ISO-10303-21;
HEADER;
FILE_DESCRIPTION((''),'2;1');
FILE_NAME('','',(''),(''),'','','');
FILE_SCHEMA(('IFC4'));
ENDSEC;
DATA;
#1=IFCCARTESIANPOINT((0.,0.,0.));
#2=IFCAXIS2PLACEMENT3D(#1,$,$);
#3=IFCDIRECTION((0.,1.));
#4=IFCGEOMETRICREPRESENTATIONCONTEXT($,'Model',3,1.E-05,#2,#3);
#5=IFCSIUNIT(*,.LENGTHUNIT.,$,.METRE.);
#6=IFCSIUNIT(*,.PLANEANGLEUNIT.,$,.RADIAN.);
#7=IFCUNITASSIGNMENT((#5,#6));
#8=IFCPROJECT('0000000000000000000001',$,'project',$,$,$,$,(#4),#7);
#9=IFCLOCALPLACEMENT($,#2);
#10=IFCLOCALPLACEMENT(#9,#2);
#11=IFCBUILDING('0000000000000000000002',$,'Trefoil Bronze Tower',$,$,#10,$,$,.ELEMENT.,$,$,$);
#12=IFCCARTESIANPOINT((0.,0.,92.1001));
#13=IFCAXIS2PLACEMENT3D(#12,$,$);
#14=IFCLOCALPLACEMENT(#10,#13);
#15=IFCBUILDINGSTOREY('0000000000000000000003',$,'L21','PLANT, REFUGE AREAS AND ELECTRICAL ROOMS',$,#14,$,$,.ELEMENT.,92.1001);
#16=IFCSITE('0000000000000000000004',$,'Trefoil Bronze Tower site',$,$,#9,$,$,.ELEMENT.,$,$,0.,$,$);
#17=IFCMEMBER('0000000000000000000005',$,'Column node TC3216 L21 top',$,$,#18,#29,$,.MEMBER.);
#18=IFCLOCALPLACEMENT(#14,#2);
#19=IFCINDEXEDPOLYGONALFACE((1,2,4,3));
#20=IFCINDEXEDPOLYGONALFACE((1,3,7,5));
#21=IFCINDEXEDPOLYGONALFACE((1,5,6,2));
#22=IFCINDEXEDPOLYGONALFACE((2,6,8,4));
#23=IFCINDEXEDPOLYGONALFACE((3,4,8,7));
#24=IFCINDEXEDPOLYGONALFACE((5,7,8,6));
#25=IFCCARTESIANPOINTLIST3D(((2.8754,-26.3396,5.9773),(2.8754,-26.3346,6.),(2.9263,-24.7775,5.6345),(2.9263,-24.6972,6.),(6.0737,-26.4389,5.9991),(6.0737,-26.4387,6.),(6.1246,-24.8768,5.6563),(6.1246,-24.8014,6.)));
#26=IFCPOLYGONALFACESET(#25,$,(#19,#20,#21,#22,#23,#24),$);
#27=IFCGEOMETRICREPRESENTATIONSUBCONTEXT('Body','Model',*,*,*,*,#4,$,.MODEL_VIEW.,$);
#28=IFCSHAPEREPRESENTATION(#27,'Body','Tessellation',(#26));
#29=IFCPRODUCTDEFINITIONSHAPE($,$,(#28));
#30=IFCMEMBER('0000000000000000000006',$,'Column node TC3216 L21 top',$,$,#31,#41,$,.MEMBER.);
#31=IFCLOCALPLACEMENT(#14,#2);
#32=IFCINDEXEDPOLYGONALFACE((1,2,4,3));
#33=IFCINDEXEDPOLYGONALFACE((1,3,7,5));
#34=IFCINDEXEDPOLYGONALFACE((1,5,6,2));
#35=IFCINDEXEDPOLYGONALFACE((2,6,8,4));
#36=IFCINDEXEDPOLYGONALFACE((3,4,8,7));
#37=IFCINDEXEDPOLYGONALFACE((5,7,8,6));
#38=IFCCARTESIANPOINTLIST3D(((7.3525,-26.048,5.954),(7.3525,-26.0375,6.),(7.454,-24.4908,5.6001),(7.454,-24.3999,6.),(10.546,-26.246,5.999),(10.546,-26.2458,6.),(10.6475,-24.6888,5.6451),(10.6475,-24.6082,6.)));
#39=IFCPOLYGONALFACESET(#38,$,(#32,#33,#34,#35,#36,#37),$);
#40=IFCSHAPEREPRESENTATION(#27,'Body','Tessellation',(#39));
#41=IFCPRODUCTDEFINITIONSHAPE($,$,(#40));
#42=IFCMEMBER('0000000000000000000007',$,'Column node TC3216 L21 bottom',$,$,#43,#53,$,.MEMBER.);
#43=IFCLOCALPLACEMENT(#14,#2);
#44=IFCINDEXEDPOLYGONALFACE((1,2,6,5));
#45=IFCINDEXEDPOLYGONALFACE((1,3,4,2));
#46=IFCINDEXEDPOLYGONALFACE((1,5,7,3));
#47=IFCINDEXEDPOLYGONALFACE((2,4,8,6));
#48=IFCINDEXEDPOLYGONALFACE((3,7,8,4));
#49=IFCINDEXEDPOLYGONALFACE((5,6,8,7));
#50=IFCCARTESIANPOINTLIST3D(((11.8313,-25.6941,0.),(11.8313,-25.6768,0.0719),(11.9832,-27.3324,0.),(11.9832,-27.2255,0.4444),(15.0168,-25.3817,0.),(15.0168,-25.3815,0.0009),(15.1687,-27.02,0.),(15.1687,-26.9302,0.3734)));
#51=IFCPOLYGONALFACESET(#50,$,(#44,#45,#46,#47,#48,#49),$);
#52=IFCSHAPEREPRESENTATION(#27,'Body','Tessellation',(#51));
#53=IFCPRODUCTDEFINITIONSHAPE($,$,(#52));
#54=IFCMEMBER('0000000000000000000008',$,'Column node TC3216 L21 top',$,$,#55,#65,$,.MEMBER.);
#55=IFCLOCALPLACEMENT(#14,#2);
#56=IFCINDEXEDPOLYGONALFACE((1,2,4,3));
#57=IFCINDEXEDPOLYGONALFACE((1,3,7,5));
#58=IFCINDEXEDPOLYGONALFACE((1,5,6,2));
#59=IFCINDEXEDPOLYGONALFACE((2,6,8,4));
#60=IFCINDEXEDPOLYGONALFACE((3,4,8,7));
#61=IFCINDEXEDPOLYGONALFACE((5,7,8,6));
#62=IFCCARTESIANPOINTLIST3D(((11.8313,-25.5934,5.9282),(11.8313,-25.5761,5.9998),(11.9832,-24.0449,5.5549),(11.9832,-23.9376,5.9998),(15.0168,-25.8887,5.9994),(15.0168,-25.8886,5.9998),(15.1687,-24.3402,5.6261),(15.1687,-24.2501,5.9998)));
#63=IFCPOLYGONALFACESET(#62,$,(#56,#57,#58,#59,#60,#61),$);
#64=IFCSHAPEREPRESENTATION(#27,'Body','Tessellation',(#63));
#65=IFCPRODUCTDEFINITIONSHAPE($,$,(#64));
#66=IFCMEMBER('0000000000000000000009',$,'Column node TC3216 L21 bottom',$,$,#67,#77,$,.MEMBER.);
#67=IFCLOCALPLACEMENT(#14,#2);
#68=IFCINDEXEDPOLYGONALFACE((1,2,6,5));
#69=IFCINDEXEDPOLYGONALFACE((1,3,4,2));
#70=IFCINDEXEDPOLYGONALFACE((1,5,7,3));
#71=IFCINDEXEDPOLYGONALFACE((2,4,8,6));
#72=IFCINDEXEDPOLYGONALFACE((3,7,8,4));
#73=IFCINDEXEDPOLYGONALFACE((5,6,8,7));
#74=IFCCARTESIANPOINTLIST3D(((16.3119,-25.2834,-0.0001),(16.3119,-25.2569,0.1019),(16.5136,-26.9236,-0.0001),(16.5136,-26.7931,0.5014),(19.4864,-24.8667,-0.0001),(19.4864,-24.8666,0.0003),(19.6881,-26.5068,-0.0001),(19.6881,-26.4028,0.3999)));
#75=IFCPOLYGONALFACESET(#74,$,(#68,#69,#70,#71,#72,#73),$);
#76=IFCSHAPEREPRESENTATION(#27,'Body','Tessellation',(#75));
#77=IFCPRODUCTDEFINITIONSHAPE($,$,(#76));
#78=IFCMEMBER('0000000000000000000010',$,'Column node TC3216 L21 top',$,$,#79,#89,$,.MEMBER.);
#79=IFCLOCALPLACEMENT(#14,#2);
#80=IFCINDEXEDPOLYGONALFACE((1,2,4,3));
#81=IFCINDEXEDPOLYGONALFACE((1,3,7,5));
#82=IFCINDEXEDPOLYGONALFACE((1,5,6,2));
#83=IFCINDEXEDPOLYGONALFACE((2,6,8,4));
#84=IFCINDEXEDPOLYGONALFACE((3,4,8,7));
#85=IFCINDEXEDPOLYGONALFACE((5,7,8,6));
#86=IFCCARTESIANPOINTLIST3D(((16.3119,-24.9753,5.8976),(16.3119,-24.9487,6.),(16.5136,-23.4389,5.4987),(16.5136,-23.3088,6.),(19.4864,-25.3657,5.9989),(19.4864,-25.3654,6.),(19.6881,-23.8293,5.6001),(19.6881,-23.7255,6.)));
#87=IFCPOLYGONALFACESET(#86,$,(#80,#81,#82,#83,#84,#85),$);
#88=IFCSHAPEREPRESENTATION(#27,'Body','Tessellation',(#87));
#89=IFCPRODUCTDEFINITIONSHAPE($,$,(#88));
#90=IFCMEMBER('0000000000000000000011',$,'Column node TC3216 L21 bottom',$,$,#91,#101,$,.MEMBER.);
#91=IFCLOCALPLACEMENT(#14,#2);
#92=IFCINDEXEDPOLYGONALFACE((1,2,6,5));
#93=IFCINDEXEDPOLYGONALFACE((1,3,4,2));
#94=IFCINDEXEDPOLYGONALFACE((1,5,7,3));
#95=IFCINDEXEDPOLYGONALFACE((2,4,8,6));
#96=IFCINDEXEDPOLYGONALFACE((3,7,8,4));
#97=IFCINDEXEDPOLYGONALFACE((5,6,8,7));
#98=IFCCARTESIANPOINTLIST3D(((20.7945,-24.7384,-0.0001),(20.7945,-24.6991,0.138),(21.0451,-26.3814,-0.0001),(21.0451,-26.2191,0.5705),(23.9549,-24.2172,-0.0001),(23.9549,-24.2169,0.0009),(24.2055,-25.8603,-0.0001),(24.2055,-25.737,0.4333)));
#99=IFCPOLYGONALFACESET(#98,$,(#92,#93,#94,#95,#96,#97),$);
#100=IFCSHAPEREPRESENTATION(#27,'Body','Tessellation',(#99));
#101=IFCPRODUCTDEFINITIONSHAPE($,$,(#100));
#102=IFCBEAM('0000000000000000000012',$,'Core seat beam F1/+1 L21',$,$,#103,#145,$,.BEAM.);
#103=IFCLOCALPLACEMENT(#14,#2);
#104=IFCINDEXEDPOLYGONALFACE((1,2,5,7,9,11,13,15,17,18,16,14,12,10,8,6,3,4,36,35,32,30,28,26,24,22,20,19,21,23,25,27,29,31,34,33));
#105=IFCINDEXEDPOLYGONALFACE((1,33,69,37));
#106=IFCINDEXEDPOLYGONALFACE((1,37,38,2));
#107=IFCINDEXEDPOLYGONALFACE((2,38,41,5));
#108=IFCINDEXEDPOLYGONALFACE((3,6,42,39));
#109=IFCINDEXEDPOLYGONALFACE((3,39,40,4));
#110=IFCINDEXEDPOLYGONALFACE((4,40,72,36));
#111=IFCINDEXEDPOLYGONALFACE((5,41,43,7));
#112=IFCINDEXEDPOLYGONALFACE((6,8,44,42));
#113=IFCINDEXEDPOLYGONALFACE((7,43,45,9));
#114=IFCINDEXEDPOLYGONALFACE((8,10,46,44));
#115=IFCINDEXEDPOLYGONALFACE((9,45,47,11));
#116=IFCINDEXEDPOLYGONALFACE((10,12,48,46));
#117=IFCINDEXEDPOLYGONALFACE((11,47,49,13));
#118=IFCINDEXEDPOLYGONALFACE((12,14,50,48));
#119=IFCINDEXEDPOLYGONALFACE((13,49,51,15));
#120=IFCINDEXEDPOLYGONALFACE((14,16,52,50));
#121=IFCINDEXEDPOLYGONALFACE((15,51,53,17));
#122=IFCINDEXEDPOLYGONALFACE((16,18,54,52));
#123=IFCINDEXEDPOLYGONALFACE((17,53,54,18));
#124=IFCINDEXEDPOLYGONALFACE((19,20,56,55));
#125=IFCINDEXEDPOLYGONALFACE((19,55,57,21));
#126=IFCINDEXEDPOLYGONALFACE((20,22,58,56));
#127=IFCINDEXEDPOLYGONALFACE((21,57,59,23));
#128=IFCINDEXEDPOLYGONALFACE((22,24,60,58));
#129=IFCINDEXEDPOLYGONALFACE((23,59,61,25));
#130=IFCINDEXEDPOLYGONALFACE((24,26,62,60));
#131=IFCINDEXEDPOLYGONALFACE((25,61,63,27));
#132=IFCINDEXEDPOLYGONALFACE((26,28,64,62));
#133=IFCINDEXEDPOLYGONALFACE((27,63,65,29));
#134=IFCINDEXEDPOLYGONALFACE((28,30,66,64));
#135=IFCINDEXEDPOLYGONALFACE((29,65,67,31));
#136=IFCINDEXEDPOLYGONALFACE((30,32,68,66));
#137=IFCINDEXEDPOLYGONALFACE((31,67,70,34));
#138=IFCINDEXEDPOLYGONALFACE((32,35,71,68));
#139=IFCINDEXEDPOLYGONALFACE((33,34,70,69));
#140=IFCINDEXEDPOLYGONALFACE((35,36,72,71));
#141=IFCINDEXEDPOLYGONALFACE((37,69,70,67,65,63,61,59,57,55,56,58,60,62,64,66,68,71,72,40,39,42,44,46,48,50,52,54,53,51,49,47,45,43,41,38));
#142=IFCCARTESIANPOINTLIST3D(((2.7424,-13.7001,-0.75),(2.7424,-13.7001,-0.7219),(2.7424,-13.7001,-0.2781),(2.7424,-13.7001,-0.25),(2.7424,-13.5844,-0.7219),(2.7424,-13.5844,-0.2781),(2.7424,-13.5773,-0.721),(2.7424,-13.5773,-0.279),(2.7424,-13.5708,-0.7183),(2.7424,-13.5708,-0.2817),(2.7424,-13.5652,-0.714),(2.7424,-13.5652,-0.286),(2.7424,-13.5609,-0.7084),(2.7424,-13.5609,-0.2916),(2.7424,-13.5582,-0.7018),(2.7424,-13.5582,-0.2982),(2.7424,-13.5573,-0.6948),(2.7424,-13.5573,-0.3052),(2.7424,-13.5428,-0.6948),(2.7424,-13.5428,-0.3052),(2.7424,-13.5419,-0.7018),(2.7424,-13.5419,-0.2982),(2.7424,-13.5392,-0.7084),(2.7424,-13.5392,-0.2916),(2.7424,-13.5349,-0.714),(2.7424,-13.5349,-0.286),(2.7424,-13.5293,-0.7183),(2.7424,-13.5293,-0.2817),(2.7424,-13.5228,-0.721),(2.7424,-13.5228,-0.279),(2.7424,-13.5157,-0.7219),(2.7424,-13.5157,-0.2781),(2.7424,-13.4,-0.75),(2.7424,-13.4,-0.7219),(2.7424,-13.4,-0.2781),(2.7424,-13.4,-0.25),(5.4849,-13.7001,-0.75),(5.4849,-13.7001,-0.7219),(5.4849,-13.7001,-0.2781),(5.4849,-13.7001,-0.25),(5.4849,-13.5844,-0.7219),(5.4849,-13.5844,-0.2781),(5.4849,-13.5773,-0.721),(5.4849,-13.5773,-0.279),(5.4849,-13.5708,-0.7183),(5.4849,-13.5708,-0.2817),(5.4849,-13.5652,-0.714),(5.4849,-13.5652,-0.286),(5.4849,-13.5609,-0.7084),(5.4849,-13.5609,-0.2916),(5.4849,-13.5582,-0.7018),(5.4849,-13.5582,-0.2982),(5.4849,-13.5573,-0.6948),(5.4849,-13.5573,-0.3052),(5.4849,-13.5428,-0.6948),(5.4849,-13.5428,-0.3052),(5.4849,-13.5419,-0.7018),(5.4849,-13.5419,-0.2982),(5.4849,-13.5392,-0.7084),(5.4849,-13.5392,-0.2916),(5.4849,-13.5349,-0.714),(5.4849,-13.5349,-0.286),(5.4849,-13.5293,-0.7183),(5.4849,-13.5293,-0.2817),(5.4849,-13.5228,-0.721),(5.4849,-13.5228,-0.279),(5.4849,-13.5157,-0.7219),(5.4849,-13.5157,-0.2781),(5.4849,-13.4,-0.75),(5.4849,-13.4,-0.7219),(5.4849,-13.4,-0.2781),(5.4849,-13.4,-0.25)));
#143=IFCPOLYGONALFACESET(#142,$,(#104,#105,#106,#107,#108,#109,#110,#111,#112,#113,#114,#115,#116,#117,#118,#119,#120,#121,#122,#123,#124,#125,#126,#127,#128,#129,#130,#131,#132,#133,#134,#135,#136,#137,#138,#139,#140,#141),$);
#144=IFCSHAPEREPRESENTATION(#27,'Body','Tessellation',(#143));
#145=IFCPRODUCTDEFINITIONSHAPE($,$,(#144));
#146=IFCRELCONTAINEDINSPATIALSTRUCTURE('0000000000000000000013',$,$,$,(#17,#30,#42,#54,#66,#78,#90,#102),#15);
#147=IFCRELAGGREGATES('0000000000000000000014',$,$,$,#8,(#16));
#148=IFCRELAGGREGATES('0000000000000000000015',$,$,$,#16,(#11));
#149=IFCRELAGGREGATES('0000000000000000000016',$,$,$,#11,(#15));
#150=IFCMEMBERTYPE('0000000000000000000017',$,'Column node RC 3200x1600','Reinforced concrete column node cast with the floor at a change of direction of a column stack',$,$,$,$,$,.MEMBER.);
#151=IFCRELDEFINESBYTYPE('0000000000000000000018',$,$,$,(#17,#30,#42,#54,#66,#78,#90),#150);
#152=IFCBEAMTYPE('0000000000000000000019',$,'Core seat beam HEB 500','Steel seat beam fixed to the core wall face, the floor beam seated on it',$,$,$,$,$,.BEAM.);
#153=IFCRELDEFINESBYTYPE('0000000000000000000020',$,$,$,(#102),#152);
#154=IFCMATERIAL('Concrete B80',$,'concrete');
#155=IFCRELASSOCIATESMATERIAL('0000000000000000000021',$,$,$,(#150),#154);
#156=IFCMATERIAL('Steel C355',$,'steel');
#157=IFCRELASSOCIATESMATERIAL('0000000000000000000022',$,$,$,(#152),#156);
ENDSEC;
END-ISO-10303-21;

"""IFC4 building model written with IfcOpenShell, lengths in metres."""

from ifc_helpers import new_model, si_unit, direction, frame, origin, origin_2d, place, context, subcontext, project, spatial, rectangle, i_section, extrude, clip, halfspace, material, material_profile, profile_set, type_object, element, save


model = new_model("IFC4")

# Units and contexts
model_context = context("Model", 3, precision=1e-05, world=origin(), true_north=direction((0.0, 1.0)))
body_context = subcontext(model_context, "Body", "Model", "MODEL_VIEW")
ifc_project = project(units=[si_unit("LENGTHUNIT", "METRE"), si_unit("PLANEANGLEUNIT", "RADIAN")], contexts=[model_context])

# Site, building, storey
site_placement = place(None, origin())
site = spatial("IfcSite", under=ifc_project, at=site_placement, Name="Trefoil Bronze Tower site", CompositionType="ELEMENT", RefElevation=0.0)
building_placement = place(site_placement, origin())
building = spatial("IfcBuilding", under=site, at=building_placement, Name="Trefoil Bronze Tower", CompositionType="ELEMENT")
storey_placement = place(building_placement, frame((0.0, 0.0, 92.1001)))
storey = spatial("IfcBuildingStorey", under=building, at=storey_placement, Name="L21", Description="PLANT, REFUGE AREAS AND ELECTRICAL ROOMS", CompositionType="ELEMENT", Elevation=92.1001)

# Members
ifc_material_1 = material(Name="Concrete B80", Category="concrete")
ifc_material_profile_1 = material_profile(ifc_material_1, rectangle(XDim=3.2, YDim=1.6001, at=origin_2d()), Name="RC 3200x1600")
ifc_profile_set_1 = profile_set([ifc_material_profile_1], Name="Concrete B80")
member_type_1 = type_object("IfcMemberType", Name="Column node RC 3200x1600", Description="Reinforced concrete column node cast with the floor at a change of direction of a column stack", PredefinedType="MEMBER", material=ifc_profile_set_1)
member_1_placement = place(storey_placement, frame((4.5, -25.5278, 6.1829), z_axis=(0.0, -0.214377, -0.976751), x_axis=(-0.999495, 0.031042, -0.006813)))
element("IfcMember", 1, at=member_1_placement, inside=storey, type_object=member_type_1, Name="Column node TC3216 L21 top", PredefinedType="MEMBER", context=body_context, shape_type="Clipping", body=[
    clip(extrude(rectangle(XDim=3.2, YDim=1.6001, at=origin_2d()), origin(), (0.0, 0.0, 1.0), 0.3748), halfspace(frame((0.0, 0.0, 0.1873), z_axis=(0.006813, 0.214269, 0.976751), x_axis=(0.0, 0.976774, -0.214274)), True)),
])
member_2_placement = place(storey_placement, frame((9.0, -25.2773, 6.2002), z_axis=(0.0, -0.221647, -0.975127), x_axis=(-0.997984, 0.061882, -0.014066)))
element("IfcMember", 2, at=member_2_placement, inside=storey, type_object=member_type_1, Name="Column node TC3216 L21 top", PredefinedType="MEMBER", context=body_context, shape_type="Clipping", body=[
    clip(extrude(rectangle(XDim=3.2, YDim=1.6001, at=origin_2d()), origin(), (0.0, 0.0, 1.0), 0.4109), halfspace(frame((0.0, 0.0, 0.2053), z_axis=(0.014066, 0.2212, 0.975127), x_axis=(0.0, 0.975223, -0.221222)), True)),
])
member_3_placement = place(storey_placement, frame((13.5, -26.4106, -0.2229), z_axis=(0.0, 0.233877, 0.972266), x_axis=(0.995484, 0.092293, -0.022201)))
element("IfcMember", 3, at=member_3_placement, inside=storey, type_object=member_type_1, Name="Column node TC3216 L21 bottom", PredefinedType="MEMBER", context=body_context, shape_type="Clipping", body=[
    clip(extrude(rectangle(XDim=3.2, YDim=1.6001, at=origin_2d()), origin(), (0.0, 0.0, 1.0), 0.4583), halfspace(frame((0.0, 0.0, 0.2292), z_axis=(-0.022201, -0.232821, 0.972266), x_axis=(0.0, 0.972506, 0.232878)), True)),
])
member_4_placement = place(storey_placement, frame((13.5, -24.8594, 6.2227), z_axis=(0.0, -0.23438, -0.972145), x_axis=(-0.995484, 0.092281, -0.022249)))
element("IfcMember", 4, at=member_4_placement, inside=storey, type_object=member_type_1, Name="Column node TC3216 L21 top", PredefinedType="MEMBER", context=body_context, shape_type="Clipping", body=[
    clip(extrude(rectangle(XDim=3.2, YDim=1.6001, at=origin_2d()), origin(), (0.0, 0.0, 1.0), 0.4583), halfspace(frame((0.0, 0.0, 0.2292), z_axis=(0.022249, 0.233322, 0.972145), x_axis=(0.0, 0.972386, -0.23338)), True)),
])
member_5_placement = place(storey_placement, frame((18.0, -25.9604, -0.2512), z_axis=(0.0, 0.251713, 0.967802), x_axis=(0.992025, 0.121984, -0.031726)))
element("IfcMember", 5, at=member_5_placement, inside=storey, type_object=member_type_1, Name="Column node TC3216 L21 bottom", PredefinedType="MEMBER", context=body_context, shape_type="Clipping", body=[
    clip(extrude(rectangle(XDim=3.2, YDim=1.6001, at=origin_2d()), origin(), (0.0, 0.0, 1.0), 0.5188), halfspace(frame((0.0, 0.0, 0.2595), z_axis=(-0.031726, -0.249706, 0.967802), x_axis=(0.0, 0.968289, 0.249832)), True)),
])
member_6_placement = place(storey_placement, frame((18.0, -24.272, 6.251), z_axis=(0.0, -0.251272, -0.967916), x_axis=(-0.992025, 0.121998, -0.031671)))
element("IfcMember", 6, at=member_6_placement, inside=storey, type_object=member_type_1, Name="Column node TC3216 L21 top", PredefinedType="MEMBER", context=body_context, shape_type="Clipping", body=[
    clip(extrude(rectangle(XDim=3.2, YDim=1.6001, at=origin_2d()), origin(), (0.0, 0.0, 1.0), 0.5188), halfspace(frame((0.0, 0.0, 0.2593), z_axis=(0.031671, 0.249268, 0.967916), x_axis=(0.0, 0.968402, -0.249394)), True)),
])
member_7_placement = place(storey_placement, frame((22.5, -25.3806, -0.2859), z_axis=(0.0, 0.273636, 0.961833), x_axis=(0.987655, 0.150669, -0.042864)))
element("IfcMember", 7, at=member_7_placement, inside=storey, type_object=member_type_1, Name="Column node TC3216 L21 bottom", PredefinedType="MEMBER", context=body_context, shape_type="Clipping", body=[
    clip(extrude(rectangle(XDim=3.2, YDim=1.6001, at=origin_2d()), origin(), (0.0, 0.0, 1.0), 0.5942), halfspace(frame((0.0, 0.0, 0.2971), z_axis=(-0.042864, -0.270257, 0.961833), x_axis=(0.0, 0.962718, 0.270506)), True)),
])

# Beam
ifc_material_2 = material(Name="Steel C355", Category="steel")
ifc_material_profile_2 = material_profile(ifc_material_2, i_section(OverallWidth=0.3, OverallDepth=0.5, WebThickness=0.0144, FlangeThickness=0.0281, FilletRadius=0.0271, at=origin_2d()), Name="HEB 500")
ifc_profile_set_2 = profile_set([ifc_material_profile_2], Name="Steel C355")
beam_type_1 = type_object("IfcBeamType", Name="Core seat beam HEB 500", Description="Steel seat beam fixed to the core wall face, the floor beam seated on it", PredefinedType="BEAM", material=ifc_profile_set_2)
beam_1_placement = place(storey_placement, frame((2.7424, -13.55, -0.5), z_axis=(1.0, 0.0, 0.0), x_axis=(0.0, 1.0, 0.0)))
element("IfcBeam", 8, at=beam_1_placement, inside=storey, type_object=beam_type_1, Name="Core seat beam F1/+1 L21", PredefinedType="BEAM", context=body_context, shape_type="SweptSolid", body=[
    extrude(i_section(OverallWidth=0.3, OverallDepth=0.5, WebThickness=0.0144, FlangeThickness=0.0281, FilletRadius=0.0271, at=origin_2d()), origin(), (0.0, 0.0, 1.0), 2.7424),
])

save(model, "model.ifc")
